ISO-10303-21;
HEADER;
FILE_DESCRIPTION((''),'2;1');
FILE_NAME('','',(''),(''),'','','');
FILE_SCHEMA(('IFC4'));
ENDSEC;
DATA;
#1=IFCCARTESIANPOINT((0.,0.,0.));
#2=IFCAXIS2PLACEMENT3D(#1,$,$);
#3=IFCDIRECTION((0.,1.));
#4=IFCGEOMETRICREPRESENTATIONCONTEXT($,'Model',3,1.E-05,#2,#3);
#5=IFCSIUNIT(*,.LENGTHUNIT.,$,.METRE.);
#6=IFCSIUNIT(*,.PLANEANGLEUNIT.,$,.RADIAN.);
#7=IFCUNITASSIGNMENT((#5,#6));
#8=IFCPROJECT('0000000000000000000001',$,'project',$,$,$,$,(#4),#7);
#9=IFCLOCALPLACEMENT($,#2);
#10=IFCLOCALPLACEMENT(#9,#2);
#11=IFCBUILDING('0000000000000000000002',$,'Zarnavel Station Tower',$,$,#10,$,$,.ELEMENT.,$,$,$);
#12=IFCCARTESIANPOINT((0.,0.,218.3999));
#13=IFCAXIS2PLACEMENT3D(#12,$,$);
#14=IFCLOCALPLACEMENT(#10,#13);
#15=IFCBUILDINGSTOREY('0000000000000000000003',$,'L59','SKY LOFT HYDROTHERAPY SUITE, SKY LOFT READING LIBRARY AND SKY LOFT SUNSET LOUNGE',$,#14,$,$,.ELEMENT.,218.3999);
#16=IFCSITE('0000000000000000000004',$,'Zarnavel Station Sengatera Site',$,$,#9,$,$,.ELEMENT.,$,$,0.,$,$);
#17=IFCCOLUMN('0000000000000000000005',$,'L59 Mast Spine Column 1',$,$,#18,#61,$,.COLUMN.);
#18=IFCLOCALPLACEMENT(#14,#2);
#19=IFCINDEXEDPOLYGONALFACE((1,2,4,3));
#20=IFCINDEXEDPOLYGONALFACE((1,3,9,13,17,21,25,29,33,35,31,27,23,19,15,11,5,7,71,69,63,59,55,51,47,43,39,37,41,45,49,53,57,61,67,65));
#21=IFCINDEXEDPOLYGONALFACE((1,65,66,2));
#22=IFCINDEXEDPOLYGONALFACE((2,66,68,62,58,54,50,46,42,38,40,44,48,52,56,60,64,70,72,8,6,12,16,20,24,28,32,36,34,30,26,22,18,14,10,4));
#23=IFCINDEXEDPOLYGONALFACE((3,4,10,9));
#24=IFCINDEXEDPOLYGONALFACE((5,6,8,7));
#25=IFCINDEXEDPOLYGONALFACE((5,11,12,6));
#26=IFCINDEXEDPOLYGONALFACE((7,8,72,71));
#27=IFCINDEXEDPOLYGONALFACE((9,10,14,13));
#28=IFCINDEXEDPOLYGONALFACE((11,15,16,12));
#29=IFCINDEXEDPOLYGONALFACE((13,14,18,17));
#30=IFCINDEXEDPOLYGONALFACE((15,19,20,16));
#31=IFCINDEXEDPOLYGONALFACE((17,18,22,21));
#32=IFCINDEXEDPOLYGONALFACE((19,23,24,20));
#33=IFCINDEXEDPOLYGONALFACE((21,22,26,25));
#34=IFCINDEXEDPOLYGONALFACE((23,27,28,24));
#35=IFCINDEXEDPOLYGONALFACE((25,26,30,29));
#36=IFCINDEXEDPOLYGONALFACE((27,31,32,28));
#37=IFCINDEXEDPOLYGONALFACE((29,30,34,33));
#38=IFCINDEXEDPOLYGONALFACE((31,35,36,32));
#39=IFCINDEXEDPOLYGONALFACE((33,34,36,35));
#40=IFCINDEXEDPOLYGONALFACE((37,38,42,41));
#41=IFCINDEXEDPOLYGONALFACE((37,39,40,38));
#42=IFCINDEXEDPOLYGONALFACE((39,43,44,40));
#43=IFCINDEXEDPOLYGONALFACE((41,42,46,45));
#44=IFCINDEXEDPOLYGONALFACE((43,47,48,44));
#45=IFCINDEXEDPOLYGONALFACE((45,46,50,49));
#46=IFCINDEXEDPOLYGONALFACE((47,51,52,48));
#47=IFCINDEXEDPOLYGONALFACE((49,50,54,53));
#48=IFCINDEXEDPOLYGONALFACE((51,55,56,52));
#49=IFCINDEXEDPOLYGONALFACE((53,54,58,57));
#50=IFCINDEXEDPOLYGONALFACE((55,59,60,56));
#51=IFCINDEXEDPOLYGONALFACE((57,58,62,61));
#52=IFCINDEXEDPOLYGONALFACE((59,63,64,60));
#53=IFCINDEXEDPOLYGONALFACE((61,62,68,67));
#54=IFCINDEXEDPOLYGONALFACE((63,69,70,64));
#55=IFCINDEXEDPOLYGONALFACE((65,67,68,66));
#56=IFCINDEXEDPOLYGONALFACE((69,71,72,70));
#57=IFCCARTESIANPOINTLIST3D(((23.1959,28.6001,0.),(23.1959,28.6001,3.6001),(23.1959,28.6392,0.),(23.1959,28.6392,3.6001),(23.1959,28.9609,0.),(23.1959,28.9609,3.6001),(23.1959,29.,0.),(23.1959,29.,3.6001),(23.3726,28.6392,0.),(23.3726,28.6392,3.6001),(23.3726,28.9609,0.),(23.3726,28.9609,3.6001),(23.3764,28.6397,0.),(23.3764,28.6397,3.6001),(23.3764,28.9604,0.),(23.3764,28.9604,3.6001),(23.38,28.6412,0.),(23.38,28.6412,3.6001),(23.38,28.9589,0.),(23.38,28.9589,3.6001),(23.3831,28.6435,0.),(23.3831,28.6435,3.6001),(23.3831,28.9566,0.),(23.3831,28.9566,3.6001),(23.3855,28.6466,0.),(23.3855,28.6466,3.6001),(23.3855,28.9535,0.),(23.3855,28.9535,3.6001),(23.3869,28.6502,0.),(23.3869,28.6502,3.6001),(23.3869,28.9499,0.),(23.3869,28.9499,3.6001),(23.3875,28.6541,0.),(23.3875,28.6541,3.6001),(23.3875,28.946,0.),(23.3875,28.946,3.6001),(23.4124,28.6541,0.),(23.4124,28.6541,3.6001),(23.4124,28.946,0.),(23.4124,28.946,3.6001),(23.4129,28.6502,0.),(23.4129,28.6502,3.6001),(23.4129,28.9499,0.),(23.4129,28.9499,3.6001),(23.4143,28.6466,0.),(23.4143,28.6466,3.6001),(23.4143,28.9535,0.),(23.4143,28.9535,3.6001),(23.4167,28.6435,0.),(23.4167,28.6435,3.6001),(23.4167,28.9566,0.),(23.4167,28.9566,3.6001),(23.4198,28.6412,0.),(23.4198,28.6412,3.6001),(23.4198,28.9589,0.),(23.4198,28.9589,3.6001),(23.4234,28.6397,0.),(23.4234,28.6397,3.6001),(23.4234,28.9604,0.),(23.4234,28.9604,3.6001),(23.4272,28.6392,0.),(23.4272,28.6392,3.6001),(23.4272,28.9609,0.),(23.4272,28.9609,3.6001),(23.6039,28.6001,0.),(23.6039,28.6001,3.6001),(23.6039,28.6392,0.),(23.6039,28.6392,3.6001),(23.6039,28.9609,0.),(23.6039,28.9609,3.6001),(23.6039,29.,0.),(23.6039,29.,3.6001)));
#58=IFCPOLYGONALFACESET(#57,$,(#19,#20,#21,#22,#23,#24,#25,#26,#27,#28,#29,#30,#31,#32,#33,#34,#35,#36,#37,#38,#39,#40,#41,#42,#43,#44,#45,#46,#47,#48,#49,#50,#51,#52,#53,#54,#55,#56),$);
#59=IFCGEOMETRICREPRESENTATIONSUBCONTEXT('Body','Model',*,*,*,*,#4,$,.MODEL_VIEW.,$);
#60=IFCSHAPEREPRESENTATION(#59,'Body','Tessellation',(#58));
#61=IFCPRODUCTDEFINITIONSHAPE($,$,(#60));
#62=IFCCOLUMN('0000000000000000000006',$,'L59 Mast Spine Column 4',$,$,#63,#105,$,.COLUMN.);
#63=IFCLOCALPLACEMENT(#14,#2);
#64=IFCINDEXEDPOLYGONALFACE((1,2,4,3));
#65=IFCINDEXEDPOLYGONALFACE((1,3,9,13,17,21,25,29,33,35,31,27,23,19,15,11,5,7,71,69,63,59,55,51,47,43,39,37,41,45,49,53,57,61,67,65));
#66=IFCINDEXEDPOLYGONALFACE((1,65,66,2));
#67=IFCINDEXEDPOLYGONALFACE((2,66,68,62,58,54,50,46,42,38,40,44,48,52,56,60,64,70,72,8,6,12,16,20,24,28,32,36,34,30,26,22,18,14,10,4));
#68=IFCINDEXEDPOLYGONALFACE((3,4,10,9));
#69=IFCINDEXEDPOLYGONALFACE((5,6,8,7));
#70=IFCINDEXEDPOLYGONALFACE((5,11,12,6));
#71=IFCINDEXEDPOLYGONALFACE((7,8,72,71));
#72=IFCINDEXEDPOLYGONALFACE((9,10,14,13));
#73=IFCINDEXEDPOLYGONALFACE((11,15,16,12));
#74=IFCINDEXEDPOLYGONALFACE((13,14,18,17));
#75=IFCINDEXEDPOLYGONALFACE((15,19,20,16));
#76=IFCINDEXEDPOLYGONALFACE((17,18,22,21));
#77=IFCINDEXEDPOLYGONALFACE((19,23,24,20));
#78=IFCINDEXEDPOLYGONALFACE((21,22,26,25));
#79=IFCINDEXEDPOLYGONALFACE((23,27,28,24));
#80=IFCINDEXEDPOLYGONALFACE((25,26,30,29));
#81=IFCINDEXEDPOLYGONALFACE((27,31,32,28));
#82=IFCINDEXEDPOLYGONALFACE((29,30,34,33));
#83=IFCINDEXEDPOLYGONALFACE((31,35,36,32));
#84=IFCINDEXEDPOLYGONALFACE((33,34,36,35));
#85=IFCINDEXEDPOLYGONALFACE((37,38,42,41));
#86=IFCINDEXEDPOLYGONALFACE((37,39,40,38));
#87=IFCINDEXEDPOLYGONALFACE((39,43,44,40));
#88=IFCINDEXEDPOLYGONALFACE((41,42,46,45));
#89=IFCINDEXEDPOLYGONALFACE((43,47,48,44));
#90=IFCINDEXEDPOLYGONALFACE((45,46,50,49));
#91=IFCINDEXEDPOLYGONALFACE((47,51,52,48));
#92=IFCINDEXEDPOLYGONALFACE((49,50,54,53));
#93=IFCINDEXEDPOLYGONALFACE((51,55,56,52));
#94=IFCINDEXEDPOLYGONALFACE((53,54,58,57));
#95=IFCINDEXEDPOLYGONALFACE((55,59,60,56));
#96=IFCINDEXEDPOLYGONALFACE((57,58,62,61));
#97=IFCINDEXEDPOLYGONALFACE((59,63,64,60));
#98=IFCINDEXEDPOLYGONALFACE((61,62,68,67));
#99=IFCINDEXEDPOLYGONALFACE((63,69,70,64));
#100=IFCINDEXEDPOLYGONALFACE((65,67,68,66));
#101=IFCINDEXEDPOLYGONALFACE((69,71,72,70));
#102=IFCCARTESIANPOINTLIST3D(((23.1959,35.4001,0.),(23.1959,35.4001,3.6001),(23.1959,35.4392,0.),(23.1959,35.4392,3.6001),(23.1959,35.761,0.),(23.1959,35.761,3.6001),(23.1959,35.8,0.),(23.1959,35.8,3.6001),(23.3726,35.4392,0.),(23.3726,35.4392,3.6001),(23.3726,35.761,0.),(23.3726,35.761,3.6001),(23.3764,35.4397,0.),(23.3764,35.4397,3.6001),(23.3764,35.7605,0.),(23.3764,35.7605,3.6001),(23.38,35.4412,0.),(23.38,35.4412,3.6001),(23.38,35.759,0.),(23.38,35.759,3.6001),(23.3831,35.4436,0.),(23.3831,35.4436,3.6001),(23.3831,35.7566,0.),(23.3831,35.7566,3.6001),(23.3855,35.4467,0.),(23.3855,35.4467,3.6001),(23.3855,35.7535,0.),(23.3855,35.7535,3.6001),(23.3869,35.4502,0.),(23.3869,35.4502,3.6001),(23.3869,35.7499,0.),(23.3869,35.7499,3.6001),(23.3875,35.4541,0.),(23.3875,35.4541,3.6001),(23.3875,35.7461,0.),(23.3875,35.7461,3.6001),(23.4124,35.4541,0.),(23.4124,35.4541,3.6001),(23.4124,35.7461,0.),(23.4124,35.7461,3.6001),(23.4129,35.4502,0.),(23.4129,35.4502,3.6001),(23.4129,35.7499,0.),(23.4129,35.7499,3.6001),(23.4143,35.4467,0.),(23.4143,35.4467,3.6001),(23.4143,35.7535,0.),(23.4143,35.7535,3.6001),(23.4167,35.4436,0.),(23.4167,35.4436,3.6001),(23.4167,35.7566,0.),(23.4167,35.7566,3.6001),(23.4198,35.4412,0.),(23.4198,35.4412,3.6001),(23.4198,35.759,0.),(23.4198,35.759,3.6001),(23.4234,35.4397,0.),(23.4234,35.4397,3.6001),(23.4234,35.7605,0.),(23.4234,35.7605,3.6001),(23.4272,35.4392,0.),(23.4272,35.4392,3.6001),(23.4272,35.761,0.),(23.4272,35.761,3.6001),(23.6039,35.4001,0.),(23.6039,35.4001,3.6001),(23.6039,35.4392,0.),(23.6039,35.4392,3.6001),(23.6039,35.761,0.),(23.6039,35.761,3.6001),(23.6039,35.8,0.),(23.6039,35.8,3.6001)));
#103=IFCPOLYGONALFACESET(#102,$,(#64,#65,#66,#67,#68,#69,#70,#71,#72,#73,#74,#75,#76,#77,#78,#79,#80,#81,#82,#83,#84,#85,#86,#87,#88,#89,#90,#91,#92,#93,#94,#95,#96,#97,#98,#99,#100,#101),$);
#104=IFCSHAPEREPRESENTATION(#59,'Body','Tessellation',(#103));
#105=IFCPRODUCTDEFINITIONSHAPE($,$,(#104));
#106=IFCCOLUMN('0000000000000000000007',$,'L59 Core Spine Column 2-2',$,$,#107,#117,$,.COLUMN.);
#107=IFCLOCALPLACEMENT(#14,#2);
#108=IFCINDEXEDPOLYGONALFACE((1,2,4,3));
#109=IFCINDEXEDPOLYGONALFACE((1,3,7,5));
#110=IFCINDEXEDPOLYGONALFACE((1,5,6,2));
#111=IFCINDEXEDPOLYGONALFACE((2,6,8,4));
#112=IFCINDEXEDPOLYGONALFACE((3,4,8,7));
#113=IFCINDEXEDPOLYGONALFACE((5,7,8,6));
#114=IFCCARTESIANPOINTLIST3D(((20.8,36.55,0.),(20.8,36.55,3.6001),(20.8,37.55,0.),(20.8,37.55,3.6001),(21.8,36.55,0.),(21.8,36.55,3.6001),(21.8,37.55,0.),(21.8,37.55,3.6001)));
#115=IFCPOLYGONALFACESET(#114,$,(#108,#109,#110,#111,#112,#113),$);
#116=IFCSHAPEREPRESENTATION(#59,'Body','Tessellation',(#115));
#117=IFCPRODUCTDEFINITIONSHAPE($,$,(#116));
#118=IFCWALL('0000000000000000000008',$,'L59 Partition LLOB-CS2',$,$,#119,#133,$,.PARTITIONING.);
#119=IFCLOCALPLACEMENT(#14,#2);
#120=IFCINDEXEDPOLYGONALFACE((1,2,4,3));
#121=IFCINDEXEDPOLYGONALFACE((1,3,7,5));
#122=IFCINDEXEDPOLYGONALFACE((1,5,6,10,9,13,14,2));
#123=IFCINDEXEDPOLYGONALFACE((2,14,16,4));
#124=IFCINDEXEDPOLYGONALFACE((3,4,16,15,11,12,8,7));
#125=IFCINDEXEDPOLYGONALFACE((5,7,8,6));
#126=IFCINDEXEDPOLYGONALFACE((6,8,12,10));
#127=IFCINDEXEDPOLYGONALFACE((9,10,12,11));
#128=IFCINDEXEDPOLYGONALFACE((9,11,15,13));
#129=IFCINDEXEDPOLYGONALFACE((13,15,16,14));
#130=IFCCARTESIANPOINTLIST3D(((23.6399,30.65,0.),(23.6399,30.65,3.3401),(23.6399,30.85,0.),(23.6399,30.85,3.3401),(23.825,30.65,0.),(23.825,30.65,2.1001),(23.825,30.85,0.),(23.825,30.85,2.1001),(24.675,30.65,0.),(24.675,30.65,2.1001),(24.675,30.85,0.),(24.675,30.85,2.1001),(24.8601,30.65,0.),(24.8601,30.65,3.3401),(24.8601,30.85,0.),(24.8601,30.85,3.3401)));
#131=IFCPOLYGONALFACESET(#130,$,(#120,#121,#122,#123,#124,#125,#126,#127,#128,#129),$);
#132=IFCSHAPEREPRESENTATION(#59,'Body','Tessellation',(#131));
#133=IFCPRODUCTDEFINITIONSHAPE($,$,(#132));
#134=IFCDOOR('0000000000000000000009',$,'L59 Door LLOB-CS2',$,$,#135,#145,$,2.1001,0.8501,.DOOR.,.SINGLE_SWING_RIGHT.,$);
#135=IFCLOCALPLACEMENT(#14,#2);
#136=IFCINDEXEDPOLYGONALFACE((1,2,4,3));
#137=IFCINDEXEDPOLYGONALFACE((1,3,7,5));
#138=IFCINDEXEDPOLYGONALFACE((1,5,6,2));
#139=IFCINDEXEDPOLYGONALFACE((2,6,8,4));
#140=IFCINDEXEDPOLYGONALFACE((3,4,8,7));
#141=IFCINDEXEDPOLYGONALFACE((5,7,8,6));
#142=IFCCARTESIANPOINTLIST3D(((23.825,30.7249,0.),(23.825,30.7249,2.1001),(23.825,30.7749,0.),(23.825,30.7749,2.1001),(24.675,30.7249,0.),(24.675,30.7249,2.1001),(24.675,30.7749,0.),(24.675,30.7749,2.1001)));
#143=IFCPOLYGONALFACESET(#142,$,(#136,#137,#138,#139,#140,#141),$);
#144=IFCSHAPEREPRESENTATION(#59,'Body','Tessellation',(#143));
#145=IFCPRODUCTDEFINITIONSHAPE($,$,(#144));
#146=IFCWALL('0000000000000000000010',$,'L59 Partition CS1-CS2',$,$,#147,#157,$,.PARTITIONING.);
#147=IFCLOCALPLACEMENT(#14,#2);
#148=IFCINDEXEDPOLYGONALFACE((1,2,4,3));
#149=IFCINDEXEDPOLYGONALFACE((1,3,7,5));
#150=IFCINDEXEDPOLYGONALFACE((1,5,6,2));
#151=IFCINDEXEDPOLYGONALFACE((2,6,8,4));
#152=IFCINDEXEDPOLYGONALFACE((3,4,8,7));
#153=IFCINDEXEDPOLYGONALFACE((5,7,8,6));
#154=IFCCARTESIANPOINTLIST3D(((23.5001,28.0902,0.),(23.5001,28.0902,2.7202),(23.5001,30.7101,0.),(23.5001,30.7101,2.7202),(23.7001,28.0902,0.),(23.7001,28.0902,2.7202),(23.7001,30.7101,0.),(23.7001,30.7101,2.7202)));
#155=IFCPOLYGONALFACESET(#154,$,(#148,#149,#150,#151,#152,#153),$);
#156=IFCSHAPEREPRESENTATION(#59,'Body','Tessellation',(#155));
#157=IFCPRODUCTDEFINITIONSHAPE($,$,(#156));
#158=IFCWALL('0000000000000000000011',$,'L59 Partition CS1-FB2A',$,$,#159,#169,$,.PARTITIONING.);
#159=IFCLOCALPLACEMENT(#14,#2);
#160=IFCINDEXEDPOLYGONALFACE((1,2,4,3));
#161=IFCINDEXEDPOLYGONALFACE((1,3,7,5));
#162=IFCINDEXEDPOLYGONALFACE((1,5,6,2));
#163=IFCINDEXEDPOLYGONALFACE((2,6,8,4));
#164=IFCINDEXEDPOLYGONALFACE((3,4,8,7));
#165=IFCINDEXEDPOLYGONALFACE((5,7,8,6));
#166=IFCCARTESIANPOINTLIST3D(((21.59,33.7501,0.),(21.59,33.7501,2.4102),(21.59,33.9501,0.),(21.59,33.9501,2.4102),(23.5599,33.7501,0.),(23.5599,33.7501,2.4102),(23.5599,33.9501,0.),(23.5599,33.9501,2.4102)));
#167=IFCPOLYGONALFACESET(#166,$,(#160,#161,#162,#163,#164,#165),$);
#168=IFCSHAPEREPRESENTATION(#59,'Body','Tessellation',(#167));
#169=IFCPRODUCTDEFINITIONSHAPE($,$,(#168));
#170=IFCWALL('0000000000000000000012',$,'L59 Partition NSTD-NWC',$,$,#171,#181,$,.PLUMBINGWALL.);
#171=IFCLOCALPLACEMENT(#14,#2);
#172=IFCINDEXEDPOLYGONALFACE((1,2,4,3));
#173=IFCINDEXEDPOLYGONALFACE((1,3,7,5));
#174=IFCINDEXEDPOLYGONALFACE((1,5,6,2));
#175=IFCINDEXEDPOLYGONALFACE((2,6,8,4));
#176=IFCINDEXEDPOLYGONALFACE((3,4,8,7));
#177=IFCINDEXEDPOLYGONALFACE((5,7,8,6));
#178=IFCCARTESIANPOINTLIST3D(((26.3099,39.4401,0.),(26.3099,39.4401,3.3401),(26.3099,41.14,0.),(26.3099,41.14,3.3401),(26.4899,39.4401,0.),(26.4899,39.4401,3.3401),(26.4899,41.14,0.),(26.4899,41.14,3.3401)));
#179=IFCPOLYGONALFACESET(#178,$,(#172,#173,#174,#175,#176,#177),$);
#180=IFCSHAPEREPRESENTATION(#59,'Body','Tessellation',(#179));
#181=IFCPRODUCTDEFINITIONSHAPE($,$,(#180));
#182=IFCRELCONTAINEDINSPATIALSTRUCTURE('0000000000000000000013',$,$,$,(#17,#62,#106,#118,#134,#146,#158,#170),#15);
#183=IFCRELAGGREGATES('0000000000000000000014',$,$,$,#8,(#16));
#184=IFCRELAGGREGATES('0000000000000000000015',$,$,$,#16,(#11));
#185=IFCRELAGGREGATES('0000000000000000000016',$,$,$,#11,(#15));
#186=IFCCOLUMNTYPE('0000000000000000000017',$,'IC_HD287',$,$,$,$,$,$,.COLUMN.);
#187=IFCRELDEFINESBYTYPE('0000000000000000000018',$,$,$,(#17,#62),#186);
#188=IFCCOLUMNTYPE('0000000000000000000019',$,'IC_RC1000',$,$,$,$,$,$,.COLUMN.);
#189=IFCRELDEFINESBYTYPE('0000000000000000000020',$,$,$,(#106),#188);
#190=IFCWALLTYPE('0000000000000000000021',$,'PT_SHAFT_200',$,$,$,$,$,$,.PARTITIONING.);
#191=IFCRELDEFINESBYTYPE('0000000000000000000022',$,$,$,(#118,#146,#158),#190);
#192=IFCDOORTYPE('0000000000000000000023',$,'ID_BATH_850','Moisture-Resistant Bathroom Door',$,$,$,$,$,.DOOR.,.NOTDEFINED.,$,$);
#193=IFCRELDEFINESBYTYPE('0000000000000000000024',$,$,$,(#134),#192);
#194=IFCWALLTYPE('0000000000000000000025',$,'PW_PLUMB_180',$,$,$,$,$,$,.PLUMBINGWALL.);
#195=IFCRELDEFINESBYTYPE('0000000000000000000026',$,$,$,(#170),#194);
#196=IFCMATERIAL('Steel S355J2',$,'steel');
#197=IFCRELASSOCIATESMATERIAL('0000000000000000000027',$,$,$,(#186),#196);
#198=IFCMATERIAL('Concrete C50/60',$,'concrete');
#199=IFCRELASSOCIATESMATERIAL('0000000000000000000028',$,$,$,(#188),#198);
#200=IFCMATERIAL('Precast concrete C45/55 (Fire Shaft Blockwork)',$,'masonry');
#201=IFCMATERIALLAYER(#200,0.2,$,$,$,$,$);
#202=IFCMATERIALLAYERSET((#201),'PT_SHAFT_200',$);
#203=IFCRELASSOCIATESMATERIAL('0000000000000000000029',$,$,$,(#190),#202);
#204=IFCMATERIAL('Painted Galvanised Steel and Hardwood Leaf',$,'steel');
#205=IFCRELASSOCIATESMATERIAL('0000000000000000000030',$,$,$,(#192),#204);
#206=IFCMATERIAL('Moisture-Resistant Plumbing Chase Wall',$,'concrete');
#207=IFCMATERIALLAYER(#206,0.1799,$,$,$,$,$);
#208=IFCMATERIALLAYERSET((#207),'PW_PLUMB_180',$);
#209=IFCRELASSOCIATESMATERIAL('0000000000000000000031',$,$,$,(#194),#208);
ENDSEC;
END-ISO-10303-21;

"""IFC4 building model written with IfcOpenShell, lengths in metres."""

from ifc_helpers import new_model, si_unit, direction, frame, frame_2d, origin, origin_2d, place, context, subcontext, project, spatial, rectangle, i_section, extrude, material, layer, layer_set, material_profile, profile_set, type_object, element, fill, save


model = new_model("IFC4")

# Units and contexts
model_context = context("Model", 3, precision=1e-05, world=origin(), true_north=direction((0.0, 1.0)))
body_context = subcontext(model_context, "Body", "Model", "MODEL_VIEW")
ifc_project = project(units=[si_unit("LENGTHUNIT", "METRE"), si_unit("PLANEANGLEUNIT", "RADIAN")], contexts=[model_context])

# Site, building, storey
site_placement = place(None, origin())
site = spatial("IfcSite", under=ifc_project, at=site_placement, Name="Zarnavel Station Sengatera Site", CompositionType="ELEMENT", RefElevation=0.0)
building_placement = place(site_placement, origin())
building = spatial("IfcBuilding", under=site, at=building_placement, Name="Zarnavel Station Tower", CompositionType="ELEMENT")
storey_placement = place(building_placement, frame((0.0, 0.0, 218.3999)))
storey = spatial("IfcBuildingStorey", under=building, at=storey_placement, Name="L59", Description="SKY LOFT HYDROTHERAPY SUITE, SKY LOFT READING LIBRARY AND SKY LOFT SUNSET LOUNGE", CompositionType="ELEMENT", Elevation=218.3999)

# Columns
ifc_material_1 = material(Name="Steel S355J2", Category="steel")
ifc_material_profile_1 = material_profile(ifc_material_1, i_section(OverallWidth=0.408, OverallDepth=0.3999, WebThickness=0.0249, FlangeThickness=0.0391, FilletRadius=0.0149, at=origin_2d()), Name="HD400x287")
ifc_profile_set_1 = profile_set([ifc_material_profile_1], Name="Steel S355J2")
column_type_1 = type_object("IfcColumnType", Name="IC_HD287", PredefinedType="COLUMN", material=ifc_profile_set_1)
for number, where, z_axis, x_axis, name in (
    (1, (23.3999, 28.8, 0.0), (0.0, 0.0, 1.0), (1.0, 0.0, 0.0), "L59 Mast Spine Column 1"),
    (2, (23.3999, 35.6001, 0.0), (0.0, 0.0, 1.0), (1.0, 0.0, 0.0), "L59 Mast Spine Column 4"),
):
    element("IfcColumn", number, at=place(storey_placement, frame(where, z_axis=z_axis, x_axis=x_axis)), inside=storey, type_object=column_type_1, Name=name, PredefinedType="COLUMN", context=body_context, shape_type="SweptSolid", body=[
        extrude(i_section(OverallWidth=0.408, OverallDepth=0.3999, WebThickness=0.0249, FlangeThickness=0.0391, FilletRadius=0.0149, at=origin_2d()), origin(), (0.0, 0.0, 1.0), 3.6001),
    ])
ifc_material_2 = material(Name="Concrete C50/60", Category="concrete")
ifc_material_profile_2 = material_profile(ifc_material_2, rectangle(XDim=1.0, YDim=1.0, at=origin_2d()), Name="RC1000x1000")
ifc_profile_set_2 = profile_set([ifc_material_profile_2], Name="Concrete C50/60")
column_type_2 = type_object("IfcColumnType", Name="IC_RC1000", PredefinedType="COLUMN", material=ifc_profile_set_2)
column_placement = place(storey_placement, frame((21.3, 37.05, 0.0), z_axis=(0.0, 0.0, 1.0), x_axis=(1.0, 0.0, 0.0)))
element("IfcColumn", 3, at=column_placement, inside=storey, type_object=column_type_2, Name="L59 Core Spine Column 2-2", PredefinedType="COLUMN", context=body_context, shape_type="SweptSolid", body=[
    extrude(rectangle(XDim=1.0, YDim=1.0, at=origin_2d()), origin(), (0.0, 0.0, 1.0), 3.6001),
])

# Wall, opening, door
ifc_material_3 = material(Name="Precast concrete C45/55 (Fire Shaft Blockwork)", Category="masonry")
ifc_layer_1 = layer(ifc_material_3, 0.2)
ifc_layer_set_1 = layer_set([ifc_layer_1], Name="PT_SHAFT_200")
wall_type_1 = type_object("IfcWallType", Name="PT_SHAFT_200", PredefinedType="PARTITIONING", material=ifc_layer_set_1)
wall_1_placement = place(storey_placement, frame((23.6399, 30.75, 0.0), z_axis=(0.0, 0.0, 1.0), x_axis=(1.0, 0.0, 0.0)))
wall_1 = element("IfcWall", 4, at=wall_1_placement, inside=storey, type_object=wall_type_1, Name="L59 Partition LLOB-CS2", PredefinedType="PARTITIONING", context=body_context, shape_type="SweptSolid", body=[
    extrude(rectangle(XDim=1.2202, YDim=0.2, at=frame_2d((0.6101, 0.0))), origin(), (0.0, 0.0, 1.0), 3.3401),
])
opening_1_placement = place(wall_1_placement, frame((0.1851, 0.0, 0.0)))
opening_1 = element("IfcOpeningElement", 5, at=opening_1_placement, cuts=wall_1, PredefinedType="OPENING", context=body_context, shape_type="SweptSolid", body=[
    extrude(rectangle(XDim=0.8501, YDim=2.1001, at=frame_2d((0.425, 1.05))), frame((0.0, 0.1099, 0.0), z_axis=(0.0, -1.0, 0.0), x_axis=(1.0, 0.0, 0.0)), (0.0, 0.0, 1.0), 0.22),
])
ifc_material_4 = material(Name="Painted Galvanised Steel and Hardwood Leaf", Category="steel")
door_type_1 = type_object("IfcDoorType", Name="ID_BATH_850", Description="Moisture-Resistant Bathroom Door", OperationType="NOTDEFINED", PredefinedType="DOOR", material=ifc_material_4)
door_1_placement = place(opening_1_placement, origin())
door_1 = element("IfcDoor", 6, at=door_1_placement, inside=storey, type_object=door_type_1, Name="L59 Door LLOB-CS2", OperationType="SINGLE_SWING_RIGHT", OverallHeight=2.1001, OverallWidth=0.8501, PredefinedType="DOOR", context=body_context, shape_type="SweptSolid", body=[
    extrude(rectangle(XDim=0.8501, YDim=2.1001, at=frame_2d((0.425, 1.05))), frame((0.0, 0.0249, 0.0), z_axis=(0.0, -1.0, 0.0), x_axis=(1.0, 0.0, 0.0)), (0.0, 0.0, 1.0), 0.05),
])
fill(opening_1, door_1)

# Walls
wall_2_placement = place(storey_placement, frame((23.6001, 28.0901, 0.0), z_axis=(0.0, 0.0, 1.0), x_axis=(0.0, 1.0, 0.0)))
element("IfcWall", 7, at=wall_2_placement, inside=storey, type_object=wall_type_1, Name="L59 Partition CS1-CS2", PredefinedType="PARTITIONING", context=body_context, shape_type="SweptSolid", body=[
    extrude(rectangle(XDim=2.6199, YDim=0.2, at=frame_2d((1.3101, 0.0))), origin(), (0.0, 0.0, 1.0), 2.7202),
])
wall_3_placement = place(storey_placement, frame((21.5901, 33.8501, 0.0), z_axis=(0.0, 0.0, 1.0), x_axis=(1.0, 0.0, 0.0)))
element("IfcWall", 8, at=wall_3_placement, inside=storey, type_object=wall_type_1, Name="L59 Partition CS1-FB2A", PredefinedType="PARTITIONING", context=body_context, shape_type="SweptSolid", body=[
    extrude(rectangle(XDim=1.97, YDim=0.2, at=frame_2d((0.9849, 0.0))), origin(), (0.0, 0.0, 1.0), 2.4102),
])
ifc_material_5 = material(Name="Moisture-Resistant Plumbing Chase Wall", Category="concrete")
ifc_layer_2 = layer(ifc_material_5, 0.1799)
ifc_layer_set_2 = layer_set([ifc_layer_2], Name="PW_PLUMB_180")
wall_type_2 = type_object("IfcWallType", Name="PW_PLUMB_180", PredefinedType="PLUMBINGWALL", material=ifc_layer_set_2)
wall_4_placement = place(storey_placement, frame((26.3999, 39.4399, 0.0), z_axis=(0.0, 0.0, 1.0), x_axis=(0.0, 1.0, 0.0)))
element("IfcWall", 9, at=wall_4_placement, inside=storey, type_object=wall_type_2, Name="L59 Partition NSTD-NWC", PredefinedType="PLUMBINGWALL", context=body_context, shape_type="SweptSolid", body=[
    extrude(rectangle(XDim=1.7, YDim=0.1799, at=frame_2d((0.8501, 0.0))), origin(), (0.0, 0.0, 1.0), 3.3401),
])

save(model, "model.ifc")
